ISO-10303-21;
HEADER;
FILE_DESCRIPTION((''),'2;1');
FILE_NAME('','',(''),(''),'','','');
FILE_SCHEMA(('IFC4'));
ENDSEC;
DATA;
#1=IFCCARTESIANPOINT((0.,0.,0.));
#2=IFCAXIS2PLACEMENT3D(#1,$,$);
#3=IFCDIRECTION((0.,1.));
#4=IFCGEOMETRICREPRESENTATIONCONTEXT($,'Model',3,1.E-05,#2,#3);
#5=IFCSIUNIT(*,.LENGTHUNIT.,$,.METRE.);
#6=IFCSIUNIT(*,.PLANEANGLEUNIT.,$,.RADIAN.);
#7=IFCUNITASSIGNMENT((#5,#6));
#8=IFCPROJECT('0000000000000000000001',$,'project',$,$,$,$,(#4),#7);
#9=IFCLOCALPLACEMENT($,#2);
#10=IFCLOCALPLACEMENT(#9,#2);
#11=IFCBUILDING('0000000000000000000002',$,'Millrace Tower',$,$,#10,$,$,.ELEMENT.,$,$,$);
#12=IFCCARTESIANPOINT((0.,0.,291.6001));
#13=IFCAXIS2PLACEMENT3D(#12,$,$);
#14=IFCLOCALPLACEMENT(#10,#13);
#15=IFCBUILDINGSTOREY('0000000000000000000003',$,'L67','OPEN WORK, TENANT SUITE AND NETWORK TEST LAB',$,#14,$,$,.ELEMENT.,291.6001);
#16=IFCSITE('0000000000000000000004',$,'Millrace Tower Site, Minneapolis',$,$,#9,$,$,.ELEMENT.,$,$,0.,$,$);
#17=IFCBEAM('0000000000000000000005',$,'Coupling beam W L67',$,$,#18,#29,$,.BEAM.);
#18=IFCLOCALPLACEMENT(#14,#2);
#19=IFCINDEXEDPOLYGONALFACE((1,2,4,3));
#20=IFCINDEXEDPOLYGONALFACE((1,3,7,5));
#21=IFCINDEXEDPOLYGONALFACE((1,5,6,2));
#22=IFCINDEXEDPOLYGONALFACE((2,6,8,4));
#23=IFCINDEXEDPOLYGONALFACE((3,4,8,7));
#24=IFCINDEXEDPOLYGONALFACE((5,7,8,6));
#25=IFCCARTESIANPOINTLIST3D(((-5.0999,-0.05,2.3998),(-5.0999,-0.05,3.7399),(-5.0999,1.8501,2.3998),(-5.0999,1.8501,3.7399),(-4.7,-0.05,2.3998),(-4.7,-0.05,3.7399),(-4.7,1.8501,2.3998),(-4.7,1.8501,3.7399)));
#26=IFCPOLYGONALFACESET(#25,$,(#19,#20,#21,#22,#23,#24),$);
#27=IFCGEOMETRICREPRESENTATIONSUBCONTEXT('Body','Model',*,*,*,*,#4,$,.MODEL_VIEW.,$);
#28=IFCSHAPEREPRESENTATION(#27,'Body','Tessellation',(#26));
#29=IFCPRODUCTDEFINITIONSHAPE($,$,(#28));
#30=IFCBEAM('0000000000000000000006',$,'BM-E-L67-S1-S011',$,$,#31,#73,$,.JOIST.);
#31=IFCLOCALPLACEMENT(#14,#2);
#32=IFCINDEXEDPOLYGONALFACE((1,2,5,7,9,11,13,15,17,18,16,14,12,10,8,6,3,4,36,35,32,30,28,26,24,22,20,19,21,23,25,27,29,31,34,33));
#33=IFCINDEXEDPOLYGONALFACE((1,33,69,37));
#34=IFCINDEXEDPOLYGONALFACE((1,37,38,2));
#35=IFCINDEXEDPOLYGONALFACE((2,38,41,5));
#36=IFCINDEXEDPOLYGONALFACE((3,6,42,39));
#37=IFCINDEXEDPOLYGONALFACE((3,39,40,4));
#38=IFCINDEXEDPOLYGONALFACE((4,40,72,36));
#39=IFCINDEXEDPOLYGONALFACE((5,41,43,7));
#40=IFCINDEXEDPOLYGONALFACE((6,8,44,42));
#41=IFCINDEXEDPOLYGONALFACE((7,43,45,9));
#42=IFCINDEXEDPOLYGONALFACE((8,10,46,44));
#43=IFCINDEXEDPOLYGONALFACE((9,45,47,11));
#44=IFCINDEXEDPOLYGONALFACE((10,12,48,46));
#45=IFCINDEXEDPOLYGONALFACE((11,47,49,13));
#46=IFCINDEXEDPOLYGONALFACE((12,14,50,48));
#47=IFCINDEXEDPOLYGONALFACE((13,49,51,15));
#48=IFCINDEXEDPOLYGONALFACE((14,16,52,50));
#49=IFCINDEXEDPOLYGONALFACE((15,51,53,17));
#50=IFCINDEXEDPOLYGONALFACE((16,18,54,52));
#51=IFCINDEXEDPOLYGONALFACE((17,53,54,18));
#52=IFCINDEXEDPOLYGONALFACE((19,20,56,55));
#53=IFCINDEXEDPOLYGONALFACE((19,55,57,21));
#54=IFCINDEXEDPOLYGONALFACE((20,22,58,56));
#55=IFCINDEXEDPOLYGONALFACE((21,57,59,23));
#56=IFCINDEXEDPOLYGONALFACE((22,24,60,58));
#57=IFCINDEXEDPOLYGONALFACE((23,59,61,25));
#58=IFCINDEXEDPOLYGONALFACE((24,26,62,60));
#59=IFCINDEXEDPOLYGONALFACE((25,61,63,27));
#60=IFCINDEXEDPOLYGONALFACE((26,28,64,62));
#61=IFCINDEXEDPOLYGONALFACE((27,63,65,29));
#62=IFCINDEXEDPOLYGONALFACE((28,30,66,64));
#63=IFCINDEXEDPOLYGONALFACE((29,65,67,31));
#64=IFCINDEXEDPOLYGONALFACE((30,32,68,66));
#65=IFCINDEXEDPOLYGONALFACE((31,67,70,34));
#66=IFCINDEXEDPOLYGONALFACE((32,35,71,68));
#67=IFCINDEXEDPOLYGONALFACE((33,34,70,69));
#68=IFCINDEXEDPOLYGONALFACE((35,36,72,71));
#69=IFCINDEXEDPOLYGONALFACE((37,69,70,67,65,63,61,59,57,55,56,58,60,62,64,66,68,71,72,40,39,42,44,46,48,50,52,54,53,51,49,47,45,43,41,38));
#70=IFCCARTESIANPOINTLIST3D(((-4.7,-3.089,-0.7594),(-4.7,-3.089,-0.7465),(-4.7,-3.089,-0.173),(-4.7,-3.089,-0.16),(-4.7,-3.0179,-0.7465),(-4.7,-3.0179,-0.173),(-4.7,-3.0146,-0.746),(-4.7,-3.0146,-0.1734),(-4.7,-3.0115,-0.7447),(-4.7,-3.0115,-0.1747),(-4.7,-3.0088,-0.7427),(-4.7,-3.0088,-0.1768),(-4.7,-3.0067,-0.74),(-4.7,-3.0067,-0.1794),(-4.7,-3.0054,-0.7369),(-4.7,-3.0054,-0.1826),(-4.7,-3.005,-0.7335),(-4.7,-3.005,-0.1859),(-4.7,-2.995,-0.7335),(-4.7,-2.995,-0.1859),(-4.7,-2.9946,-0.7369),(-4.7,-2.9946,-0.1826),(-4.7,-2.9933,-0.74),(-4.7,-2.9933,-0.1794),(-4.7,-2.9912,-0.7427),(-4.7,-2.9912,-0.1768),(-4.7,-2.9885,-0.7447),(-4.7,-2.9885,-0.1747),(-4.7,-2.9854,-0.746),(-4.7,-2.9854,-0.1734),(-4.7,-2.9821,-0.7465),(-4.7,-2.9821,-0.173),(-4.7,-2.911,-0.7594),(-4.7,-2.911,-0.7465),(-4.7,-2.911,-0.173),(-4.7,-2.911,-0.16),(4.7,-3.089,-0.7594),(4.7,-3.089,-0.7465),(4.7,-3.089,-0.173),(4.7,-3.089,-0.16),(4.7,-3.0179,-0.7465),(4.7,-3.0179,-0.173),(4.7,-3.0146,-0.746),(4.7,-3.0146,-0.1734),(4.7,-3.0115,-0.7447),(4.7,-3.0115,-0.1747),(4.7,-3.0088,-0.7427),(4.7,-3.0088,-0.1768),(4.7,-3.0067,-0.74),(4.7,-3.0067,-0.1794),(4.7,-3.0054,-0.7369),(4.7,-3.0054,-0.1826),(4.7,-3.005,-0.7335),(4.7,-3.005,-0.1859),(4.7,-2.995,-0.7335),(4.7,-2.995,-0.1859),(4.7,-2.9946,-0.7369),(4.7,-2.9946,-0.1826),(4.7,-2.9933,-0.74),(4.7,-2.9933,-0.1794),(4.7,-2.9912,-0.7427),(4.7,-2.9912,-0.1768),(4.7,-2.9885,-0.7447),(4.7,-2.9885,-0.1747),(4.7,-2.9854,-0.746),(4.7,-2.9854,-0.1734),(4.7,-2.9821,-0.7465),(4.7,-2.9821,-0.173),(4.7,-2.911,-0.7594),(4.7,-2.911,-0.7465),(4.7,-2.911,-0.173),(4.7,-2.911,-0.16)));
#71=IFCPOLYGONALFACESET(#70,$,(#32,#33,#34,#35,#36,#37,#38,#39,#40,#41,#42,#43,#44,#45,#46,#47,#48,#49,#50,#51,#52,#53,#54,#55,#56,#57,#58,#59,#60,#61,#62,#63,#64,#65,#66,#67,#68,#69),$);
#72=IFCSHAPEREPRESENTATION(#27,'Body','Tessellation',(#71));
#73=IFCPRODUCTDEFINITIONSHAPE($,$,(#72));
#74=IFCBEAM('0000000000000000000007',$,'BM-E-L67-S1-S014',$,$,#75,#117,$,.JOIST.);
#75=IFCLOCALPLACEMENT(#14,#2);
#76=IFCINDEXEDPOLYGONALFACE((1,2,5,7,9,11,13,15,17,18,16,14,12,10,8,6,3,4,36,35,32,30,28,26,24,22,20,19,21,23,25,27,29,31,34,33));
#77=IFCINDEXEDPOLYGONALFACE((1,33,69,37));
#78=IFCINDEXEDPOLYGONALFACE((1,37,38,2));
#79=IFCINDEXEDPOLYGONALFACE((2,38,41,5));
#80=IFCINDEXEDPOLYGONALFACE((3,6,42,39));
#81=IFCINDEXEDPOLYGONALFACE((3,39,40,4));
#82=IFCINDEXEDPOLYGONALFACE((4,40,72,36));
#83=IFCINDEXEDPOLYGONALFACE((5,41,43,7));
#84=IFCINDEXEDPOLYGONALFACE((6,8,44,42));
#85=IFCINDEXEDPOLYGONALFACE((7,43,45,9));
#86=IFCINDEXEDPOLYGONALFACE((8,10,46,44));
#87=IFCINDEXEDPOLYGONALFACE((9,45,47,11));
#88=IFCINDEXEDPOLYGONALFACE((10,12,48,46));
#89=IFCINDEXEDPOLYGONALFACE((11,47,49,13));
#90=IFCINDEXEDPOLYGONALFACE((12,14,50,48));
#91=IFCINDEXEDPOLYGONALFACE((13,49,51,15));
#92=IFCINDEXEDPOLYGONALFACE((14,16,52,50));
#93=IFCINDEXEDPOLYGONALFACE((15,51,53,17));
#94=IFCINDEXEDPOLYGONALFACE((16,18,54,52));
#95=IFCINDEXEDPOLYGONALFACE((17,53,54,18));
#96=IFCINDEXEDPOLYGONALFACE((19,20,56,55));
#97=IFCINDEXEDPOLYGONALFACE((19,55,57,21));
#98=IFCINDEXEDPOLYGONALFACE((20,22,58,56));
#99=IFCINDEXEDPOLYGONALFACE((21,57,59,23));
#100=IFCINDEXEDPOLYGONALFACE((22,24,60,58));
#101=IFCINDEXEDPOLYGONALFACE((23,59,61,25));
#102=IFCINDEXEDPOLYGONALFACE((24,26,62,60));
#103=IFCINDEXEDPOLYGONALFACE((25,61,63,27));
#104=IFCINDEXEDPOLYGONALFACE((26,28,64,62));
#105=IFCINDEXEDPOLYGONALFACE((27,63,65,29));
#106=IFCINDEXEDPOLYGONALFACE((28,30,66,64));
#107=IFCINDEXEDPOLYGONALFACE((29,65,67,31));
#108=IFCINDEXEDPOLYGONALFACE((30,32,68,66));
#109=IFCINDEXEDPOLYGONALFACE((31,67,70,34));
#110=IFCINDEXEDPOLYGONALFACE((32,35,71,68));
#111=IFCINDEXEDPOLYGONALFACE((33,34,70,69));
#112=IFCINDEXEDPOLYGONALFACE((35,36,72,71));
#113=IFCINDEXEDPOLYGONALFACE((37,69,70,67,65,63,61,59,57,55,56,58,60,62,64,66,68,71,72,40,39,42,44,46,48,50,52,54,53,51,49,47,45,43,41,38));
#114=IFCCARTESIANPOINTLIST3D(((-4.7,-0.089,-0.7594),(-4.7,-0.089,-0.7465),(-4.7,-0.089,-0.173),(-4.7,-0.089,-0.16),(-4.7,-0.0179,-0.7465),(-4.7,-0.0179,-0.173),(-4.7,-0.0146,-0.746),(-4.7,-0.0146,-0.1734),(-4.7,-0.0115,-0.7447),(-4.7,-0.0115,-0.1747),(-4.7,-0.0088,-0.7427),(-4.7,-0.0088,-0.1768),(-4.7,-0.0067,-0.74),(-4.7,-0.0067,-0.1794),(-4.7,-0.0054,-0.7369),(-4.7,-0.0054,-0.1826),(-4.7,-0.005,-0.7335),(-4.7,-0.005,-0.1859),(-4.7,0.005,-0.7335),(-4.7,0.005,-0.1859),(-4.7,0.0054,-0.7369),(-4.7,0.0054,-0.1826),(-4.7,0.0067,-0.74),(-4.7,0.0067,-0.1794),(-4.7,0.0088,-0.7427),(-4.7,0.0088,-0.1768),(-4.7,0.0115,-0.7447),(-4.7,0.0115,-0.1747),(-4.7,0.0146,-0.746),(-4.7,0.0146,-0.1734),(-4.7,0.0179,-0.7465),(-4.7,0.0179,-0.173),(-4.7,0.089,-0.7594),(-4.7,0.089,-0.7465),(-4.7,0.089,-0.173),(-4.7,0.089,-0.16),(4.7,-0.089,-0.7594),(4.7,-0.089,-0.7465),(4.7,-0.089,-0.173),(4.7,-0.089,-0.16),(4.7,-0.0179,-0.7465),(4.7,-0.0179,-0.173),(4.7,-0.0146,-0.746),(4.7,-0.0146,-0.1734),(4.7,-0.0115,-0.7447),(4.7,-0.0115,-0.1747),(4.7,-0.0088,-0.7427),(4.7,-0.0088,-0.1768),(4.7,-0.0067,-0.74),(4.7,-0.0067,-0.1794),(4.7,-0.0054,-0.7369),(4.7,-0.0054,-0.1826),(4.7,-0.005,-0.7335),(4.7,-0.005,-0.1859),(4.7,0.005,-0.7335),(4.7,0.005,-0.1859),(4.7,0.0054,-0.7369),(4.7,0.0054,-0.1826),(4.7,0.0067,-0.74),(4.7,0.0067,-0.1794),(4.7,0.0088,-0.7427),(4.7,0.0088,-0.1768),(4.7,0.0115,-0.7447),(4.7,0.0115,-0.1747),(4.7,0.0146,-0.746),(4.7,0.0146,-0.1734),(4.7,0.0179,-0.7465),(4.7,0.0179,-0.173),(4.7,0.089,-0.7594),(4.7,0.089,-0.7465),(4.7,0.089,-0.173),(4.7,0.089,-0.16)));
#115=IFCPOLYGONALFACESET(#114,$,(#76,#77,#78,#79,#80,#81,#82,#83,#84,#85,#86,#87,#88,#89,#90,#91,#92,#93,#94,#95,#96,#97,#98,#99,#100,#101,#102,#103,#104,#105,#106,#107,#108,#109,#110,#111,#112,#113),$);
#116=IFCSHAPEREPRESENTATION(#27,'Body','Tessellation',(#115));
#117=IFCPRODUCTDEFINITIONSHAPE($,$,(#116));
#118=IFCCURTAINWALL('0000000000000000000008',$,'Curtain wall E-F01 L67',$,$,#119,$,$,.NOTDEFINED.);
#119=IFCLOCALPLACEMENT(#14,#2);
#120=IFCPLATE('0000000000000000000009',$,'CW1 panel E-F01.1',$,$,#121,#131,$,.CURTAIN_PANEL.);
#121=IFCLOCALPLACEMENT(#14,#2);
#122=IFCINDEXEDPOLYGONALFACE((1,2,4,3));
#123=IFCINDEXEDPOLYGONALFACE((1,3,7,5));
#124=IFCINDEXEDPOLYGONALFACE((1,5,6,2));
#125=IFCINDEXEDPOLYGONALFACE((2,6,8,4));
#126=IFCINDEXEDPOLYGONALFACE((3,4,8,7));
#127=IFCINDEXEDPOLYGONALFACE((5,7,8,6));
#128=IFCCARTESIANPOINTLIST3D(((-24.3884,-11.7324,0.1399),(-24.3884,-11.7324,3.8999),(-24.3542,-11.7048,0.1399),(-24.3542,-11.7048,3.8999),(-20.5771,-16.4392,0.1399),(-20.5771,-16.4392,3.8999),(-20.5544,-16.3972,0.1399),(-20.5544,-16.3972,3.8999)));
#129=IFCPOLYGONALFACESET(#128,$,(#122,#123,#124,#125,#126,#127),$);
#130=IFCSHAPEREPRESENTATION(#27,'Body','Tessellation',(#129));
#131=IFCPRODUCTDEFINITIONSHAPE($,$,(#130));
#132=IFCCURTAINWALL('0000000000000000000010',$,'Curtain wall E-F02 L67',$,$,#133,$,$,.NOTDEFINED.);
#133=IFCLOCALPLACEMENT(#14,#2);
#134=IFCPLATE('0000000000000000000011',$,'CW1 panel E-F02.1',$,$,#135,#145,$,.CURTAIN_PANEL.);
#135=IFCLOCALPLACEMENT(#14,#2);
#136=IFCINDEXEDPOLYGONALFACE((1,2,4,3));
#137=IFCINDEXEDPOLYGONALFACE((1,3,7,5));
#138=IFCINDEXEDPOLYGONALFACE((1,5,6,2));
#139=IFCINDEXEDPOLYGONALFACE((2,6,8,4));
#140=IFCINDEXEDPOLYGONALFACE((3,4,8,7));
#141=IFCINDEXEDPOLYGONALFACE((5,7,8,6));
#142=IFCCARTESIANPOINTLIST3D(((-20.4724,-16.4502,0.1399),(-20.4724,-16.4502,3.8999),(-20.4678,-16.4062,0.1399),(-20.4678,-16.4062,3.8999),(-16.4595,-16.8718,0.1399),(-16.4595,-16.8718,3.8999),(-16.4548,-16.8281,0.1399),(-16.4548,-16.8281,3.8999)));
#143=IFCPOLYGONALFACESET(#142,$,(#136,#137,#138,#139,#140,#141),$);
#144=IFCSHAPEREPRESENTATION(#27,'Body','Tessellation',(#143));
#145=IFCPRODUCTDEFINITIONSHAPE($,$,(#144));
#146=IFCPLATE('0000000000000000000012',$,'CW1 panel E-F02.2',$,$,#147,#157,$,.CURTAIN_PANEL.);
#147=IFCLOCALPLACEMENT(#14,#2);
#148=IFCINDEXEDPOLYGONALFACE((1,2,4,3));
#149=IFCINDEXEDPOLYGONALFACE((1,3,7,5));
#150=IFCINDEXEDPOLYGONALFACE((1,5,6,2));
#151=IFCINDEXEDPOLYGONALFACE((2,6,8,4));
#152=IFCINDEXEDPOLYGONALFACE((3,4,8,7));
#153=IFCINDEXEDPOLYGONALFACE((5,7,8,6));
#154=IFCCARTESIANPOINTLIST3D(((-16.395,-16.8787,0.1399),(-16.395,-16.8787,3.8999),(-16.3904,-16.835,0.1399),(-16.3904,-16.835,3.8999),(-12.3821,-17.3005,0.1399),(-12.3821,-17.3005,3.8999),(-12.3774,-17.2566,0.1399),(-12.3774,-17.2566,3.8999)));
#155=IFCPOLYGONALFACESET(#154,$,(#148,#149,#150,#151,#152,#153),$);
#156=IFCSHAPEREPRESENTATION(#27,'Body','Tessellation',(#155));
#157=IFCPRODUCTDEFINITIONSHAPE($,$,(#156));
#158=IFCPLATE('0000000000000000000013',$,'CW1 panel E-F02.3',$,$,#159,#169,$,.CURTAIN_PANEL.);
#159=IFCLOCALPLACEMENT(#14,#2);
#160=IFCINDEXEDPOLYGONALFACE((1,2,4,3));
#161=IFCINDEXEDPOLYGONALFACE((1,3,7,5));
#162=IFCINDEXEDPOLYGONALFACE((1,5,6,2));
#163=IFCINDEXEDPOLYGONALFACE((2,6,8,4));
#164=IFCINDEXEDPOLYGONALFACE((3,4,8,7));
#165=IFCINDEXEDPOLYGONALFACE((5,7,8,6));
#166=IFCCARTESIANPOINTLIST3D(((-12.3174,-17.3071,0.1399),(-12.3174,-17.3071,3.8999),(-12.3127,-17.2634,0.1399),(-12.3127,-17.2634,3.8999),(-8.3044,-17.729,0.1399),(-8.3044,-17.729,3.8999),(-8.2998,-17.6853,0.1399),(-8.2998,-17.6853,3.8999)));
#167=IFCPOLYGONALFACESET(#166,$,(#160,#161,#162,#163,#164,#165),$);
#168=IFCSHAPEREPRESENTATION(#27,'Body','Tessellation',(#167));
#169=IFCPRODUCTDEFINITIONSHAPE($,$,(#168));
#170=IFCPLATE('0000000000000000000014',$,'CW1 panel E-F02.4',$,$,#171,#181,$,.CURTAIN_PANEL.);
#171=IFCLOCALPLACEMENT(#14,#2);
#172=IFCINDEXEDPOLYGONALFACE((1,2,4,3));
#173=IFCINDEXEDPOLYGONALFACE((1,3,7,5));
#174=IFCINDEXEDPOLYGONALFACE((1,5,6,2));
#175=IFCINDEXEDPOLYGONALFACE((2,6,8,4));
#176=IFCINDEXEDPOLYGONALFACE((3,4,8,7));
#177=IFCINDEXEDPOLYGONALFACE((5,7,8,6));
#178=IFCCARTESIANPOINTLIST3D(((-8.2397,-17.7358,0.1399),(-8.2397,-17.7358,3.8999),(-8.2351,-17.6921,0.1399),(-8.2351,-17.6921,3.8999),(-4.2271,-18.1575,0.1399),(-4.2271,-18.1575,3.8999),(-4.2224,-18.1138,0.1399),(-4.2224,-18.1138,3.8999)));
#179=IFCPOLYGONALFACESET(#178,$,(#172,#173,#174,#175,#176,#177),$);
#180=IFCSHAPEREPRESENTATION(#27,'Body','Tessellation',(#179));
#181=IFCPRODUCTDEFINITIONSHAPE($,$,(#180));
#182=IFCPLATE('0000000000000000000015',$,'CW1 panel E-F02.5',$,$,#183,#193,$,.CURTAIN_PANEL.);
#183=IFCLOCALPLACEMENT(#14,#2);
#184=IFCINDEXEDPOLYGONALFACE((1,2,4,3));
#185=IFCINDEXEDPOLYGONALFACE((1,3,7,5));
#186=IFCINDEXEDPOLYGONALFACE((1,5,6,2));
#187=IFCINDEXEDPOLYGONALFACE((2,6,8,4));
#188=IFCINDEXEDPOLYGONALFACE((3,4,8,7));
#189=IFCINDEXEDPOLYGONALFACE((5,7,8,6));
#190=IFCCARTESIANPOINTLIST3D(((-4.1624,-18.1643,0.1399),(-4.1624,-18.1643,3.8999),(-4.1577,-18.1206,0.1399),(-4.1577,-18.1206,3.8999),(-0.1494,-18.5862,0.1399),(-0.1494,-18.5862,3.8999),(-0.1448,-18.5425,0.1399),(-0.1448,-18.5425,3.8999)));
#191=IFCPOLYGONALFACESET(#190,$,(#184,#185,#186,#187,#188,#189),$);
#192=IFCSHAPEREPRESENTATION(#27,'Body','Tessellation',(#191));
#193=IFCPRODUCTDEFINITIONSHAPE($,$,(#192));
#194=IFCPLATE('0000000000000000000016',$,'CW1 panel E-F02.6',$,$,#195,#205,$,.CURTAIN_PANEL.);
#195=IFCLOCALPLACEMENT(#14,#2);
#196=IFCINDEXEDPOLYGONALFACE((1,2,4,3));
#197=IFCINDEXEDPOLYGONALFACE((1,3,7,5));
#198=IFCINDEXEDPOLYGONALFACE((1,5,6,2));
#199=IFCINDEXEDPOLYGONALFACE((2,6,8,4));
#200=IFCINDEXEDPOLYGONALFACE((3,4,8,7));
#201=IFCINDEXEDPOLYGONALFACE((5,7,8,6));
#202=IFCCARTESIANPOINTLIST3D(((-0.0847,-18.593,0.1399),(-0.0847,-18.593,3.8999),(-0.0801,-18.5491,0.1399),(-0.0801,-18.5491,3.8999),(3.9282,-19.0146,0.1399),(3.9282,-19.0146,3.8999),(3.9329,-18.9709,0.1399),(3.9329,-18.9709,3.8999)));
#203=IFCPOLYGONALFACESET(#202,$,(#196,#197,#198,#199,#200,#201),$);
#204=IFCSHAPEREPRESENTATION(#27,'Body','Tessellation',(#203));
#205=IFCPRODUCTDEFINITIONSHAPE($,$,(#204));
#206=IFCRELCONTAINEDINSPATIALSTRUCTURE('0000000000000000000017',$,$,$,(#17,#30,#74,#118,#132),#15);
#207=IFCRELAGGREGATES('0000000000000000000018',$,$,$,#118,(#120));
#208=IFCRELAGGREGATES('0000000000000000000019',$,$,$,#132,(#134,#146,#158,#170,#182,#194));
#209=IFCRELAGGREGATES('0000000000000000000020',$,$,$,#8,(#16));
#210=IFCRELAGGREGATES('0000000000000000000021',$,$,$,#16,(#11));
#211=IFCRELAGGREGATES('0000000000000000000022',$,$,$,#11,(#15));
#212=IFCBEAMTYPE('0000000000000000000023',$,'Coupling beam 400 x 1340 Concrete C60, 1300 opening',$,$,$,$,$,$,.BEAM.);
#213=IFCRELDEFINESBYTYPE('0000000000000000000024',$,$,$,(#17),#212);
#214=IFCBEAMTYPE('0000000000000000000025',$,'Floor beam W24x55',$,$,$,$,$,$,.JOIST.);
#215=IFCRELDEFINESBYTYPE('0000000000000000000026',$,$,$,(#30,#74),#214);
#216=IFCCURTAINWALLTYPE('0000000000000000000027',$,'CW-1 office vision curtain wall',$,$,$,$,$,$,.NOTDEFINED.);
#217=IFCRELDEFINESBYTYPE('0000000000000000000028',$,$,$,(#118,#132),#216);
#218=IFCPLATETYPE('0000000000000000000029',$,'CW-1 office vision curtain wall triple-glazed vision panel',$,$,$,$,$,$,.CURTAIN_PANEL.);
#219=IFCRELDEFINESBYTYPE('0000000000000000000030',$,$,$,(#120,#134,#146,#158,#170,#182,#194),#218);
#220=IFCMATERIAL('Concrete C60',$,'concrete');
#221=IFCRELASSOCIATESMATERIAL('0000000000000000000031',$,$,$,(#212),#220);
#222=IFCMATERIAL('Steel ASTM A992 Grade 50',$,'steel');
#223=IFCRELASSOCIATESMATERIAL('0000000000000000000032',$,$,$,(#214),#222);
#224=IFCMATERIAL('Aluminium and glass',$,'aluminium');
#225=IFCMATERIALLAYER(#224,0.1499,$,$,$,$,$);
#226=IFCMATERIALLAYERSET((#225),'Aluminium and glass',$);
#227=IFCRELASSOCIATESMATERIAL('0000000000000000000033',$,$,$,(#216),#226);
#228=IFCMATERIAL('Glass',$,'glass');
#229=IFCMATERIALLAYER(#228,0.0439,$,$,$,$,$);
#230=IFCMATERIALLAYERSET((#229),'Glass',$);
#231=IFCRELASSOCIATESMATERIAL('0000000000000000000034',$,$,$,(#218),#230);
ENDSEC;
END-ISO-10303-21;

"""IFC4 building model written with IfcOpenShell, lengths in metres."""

from ifc_helpers import new_model, si_unit, direction, frame, origin, origin_2d, place, context, subcontext, project, spatial, polyline, rectangle, i_section, outline, extrude, material, layer, layer_set, material_profile, profile_set, type_object, element, aggregate, save


model = new_model("IFC4")

# Units and contexts
model_context = context("Model", 3, precision=1e-05, world=origin(), true_north=direction((0.0, 1.0)))
body_context = subcontext(model_context, "Body", "Model", "MODEL_VIEW")
ifc_project = project(units=[si_unit("LENGTHUNIT", "METRE"), si_unit("PLANEANGLEUNIT", "RADIAN")], contexts=[model_context])

# Site, building, storey
site_placement = place(None, origin())
site = spatial("IfcSite", under=ifc_project, at=site_placement, Name="Millrace Tower Site, Minneapolis", CompositionType="ELEMENT", RefElevation=0.0)
building_placement = place(site_placement, origin())
building = spatial("IfcBuilding", under=site, at=building_placement, Name="Millrace Tower", CompositionType="ELEMENT")
storey_placement = place(building_placement, frame((0.0, 0.0, 291.6001)))
storey = spatial("IfcBuildingStorey", under=building, at=storey_placement, Name="L67", Description="OPEN WORK, TENANT SUITE AND NETWORK TEST LAB", CompositionType="ELEMENT", Elevation=291.6001)

# Beams
ifc_material_1 = material(Name="Concrete C60", Category="concrete")
ifc_material_profile_1 = material_profile(ifc_material_1, rectangle(XDim=0.3999, YDim=1.3401, at=origin_2d()))
ifc_profile_set_1 = profile_set([ifc_material_profile_1], Name="Concrete C60")
beam_type_1 = type_object("IfcBeamType", Name="Coupling beam 400 x 1340 Concrete C60, 1300 opening", PredefinedType="BEAM", material=ifc_profile_set_1)
beam_placement = place(storey_placement, frame((-4.8999, -0.05, 3.0698), z_axis=(0.0, 1.0, 0.0), x_axis=(-1.0, 0.0, 0.0)))
element("IfcBeam", 1, at=beam_placement, inside=storey, type_object=beam_type_1, Name="Coupling beam W L67", PredefinedType="BEAM", context=body_context, shape_type="SweptSolid", body=[
    extrude(rectangle(XDim=0.3999, YDim=1.3401, at=origin_2d()), origin(), (0.0, 0.0, 1.0), 1.9001),
])
ifc_material_2 = material(Name="Steel ASTM A992 Grade 50", Category="steel")
ifc_material_profile_2 = material_profile(ifc_material_2, i_section(OverallWidth=0.178, OverallDepth=0.5994, WebThickness=0.01, FlangeThickness=0.0129, FilletRadius=0.0129, at=origin_2d()))
ifc_profile_set_2 = profile_set([ifc_material_profile_2], Name="Steel ASTM A992 Grade 50")
beam_type_2 = type_object("IfcBeamType", Name="Floor beam W24x55", PredefinedType="JOIST", material=ifc_profile_set_2)
for number, where, z_axis, x_axis, name in (
    (2, (-4.7, -3.0, -0.4597), (1.0, 0.0, 0.0), (0.0, 1.0, 0.0), "BM-E-L67-S1-S011"),
    (3, (-4.7, 0.0, -0.4597), (1.0, 0.0, 0.0), (0.0, 1.0, 0.0), "BM-E-L67-S1-S014"),
):
    element("IfcBeam", number, at=place(storey_placement, frame(where, z_axis=z_axis, x_axis=x_axis)), inside=storey, type_object=beam_type_2, Name=name, PredefinedType="JOIST", context=body_context, shape_type="SweptSolid", body=[
        extrude(i_section(OverallWidth=0.178, OverallDepth=0.5994, WebThickness=0.01, FlangeThickness=0.0129, FilletRadius=0.0129, at=origin_2d()), origin(), (0.0, 0.0, 1.0), 9.3999),
    ])

# Curtain wall, plate
ifc_material_3 = material(Name="Aluminium and glass", Category="aluminium")
ifc_layer_1 = layer(ifc_material_3, 0.1499)
ifc_layer_set_1 = layer_set([ifc_layer_1], Name="Aluminium and glass")
curtain_wall_type = type_object("IfcCurtainWallType", Name="CW-1 office vision curtain wall", PredefinedType="NOTDEFINED", material=ifc_layer_set_1)
placement_1 = place(storey_placement, origin())
curtain_wall_1 = element("IfcCurtainWall", 4, at=placement_1, inside=storey, type_object=curtain_wall_type, Name="Curtain wall E-F01 L67", PredefinedType="NOTDEFINED")
ifc_material_4 = material(Name="Glass", Category="glass")
ifc_layer_2 = layer(ifc_material_4, 0.0439)
ifc_layer_set_2 = layer_set([ifc_layer_2], Name="Glass")
plate_type = type_object("IfcPlateType", Name="CW-1 office vision curtain wall triple-glazed vision panel", PredefinedType="CURTAIN_PANEL", material=ifc_layer_set_2)
placement_2 = place(storey_placement, frame((0.0, 0.0, 0.1399)))
plate_1 = element("IfcPlate", 5, at=placement_2, type_object=plate_type, Name="CW1 panel E-F01.1", PredefinedType="CURTAIN_PANEL", context=body_context, shape_type="SweptSolid", body=[
    extrude(outline(polyline([(-24.3884, -11.7324), (-20.5771, -16.4392), (-20.5544, -16.3972), (-24.3542, -11.7048), (-24.3884, -11.7324)])), origin(), (0.0, 0.0, 1.0), 3.76),
])
aggregate(curtain_wall_1, [plate_1])

# Curtain wall, plates
curtain_wall_2 = element("IfcCurtainWall", 6, at=placement_1, inside=storey, type_object=curtain_wall_type, Name="Curtain wall E-F02 L67", PredefinedType="NOTDEFINED")
plate_2 = element("IfcPlate", 7, at=placement_2, type_object=plate_type, Name="CW1 panel E-F02.1", PredefinedType="CURTAIN_PANEL", context=body_context, shape_type="SweptSolid", body=[
    extrude(outline(polyline([(-20.4724, -16.4502), (-16.4595, -16.8718), (-16.4548, -16.8281), (-20.4678, -16.4062), (-20.4724, -16.4502)])), origin(), (0.0, 0.0, 1.0), 3.76),
])
plate_3 = element("IfcPlate", 8, at=placement_2, type_object=plate_type, Name="CW1 panel E-F02.2", PredefinedType="CURTAIN_PANEL", context=body_context, shape_type="SweptSolid", body=[
    extrude(outline(polyline([(-16.395, -16.8787), (-12.3821, -17.3005), (-12.3774, -17.2566), (-16.3904, -16.835), (-16.395, -16.8787)])), origin(), (0.0, 0.0, 1.0), 3.76),
])
plate_4 = element("IfcPlate", 9, at=placement_2, type_object=plate_type, Name="CW1 panel E-F02.3", PredefinedType="CURTAIN_PANEL", context=body_context, shape_type="SweptSolid", body=[
    extrude(outline(polyline([(-12.3174, -17.3071), (-8.3044, -17.729), (-8.2998, -17.6853), (-12.3127, -17.2634), (-12.3174, -17.3071)])), origin(), (0.0, 0.0, 1.0), 3.76),
])
plate_5 = element("IfcPlate", 10, at=placement_2, type_object=plate_type, Name="CW1 panel E-F02.4", PredefinedType="CURTAIN_PANEL", context=body_context, shape_type="SweptSolid", body=[
    extrude(outline(polyline([(-8.2397, -17.7358), (-4.2271, -18.1575), (-4.2224, -18.1138), (-8.2351, -17.6921), (-8.2397, -17.7358)])), origin(), (0.0, 0.0, 1.0), 3.76),
])
plate_6 = element("IfcPlate", 11, at=placement_2, type_object=plate_type, Name="CW1 panel E-F02.5", PredefinedType="CURTAIN_PANEL", context=body_context, shape_type="SweptSolid", body=[
    extrude(outline(polyline([(-4.1624, -18.1643), (-0.1494, -18.5862), (-0.1448, -18.5425), (-4.1577, -18.1206), (-4.1624, -18.1643)])), origin(), (0.0, 0.0, 1.0), 3.76),
])
plate_7 = element("IfcPlate", 12, at=placement_2, type_object=plate_type, Name="CW1 panel E-F02.6", PredefinedType="CURTAIN_PANEL", context=body_context, shape_type="SweptSolid", body=[
    extrude(outline(polyline([(-0.0847, -18.593), (3.9282, -19.0146), (3.9329, -18.9709), (-0.0801, -18.5491), (-0.0847, -18.593)])), origin(), (0.0, 0.0, 1.0), 3.76),
])
aggregate(curtain_wall_2, [plate_2, plate_3, plate_4, plate_5, plate_6, plate_7])

save(model, "model.ifc")
